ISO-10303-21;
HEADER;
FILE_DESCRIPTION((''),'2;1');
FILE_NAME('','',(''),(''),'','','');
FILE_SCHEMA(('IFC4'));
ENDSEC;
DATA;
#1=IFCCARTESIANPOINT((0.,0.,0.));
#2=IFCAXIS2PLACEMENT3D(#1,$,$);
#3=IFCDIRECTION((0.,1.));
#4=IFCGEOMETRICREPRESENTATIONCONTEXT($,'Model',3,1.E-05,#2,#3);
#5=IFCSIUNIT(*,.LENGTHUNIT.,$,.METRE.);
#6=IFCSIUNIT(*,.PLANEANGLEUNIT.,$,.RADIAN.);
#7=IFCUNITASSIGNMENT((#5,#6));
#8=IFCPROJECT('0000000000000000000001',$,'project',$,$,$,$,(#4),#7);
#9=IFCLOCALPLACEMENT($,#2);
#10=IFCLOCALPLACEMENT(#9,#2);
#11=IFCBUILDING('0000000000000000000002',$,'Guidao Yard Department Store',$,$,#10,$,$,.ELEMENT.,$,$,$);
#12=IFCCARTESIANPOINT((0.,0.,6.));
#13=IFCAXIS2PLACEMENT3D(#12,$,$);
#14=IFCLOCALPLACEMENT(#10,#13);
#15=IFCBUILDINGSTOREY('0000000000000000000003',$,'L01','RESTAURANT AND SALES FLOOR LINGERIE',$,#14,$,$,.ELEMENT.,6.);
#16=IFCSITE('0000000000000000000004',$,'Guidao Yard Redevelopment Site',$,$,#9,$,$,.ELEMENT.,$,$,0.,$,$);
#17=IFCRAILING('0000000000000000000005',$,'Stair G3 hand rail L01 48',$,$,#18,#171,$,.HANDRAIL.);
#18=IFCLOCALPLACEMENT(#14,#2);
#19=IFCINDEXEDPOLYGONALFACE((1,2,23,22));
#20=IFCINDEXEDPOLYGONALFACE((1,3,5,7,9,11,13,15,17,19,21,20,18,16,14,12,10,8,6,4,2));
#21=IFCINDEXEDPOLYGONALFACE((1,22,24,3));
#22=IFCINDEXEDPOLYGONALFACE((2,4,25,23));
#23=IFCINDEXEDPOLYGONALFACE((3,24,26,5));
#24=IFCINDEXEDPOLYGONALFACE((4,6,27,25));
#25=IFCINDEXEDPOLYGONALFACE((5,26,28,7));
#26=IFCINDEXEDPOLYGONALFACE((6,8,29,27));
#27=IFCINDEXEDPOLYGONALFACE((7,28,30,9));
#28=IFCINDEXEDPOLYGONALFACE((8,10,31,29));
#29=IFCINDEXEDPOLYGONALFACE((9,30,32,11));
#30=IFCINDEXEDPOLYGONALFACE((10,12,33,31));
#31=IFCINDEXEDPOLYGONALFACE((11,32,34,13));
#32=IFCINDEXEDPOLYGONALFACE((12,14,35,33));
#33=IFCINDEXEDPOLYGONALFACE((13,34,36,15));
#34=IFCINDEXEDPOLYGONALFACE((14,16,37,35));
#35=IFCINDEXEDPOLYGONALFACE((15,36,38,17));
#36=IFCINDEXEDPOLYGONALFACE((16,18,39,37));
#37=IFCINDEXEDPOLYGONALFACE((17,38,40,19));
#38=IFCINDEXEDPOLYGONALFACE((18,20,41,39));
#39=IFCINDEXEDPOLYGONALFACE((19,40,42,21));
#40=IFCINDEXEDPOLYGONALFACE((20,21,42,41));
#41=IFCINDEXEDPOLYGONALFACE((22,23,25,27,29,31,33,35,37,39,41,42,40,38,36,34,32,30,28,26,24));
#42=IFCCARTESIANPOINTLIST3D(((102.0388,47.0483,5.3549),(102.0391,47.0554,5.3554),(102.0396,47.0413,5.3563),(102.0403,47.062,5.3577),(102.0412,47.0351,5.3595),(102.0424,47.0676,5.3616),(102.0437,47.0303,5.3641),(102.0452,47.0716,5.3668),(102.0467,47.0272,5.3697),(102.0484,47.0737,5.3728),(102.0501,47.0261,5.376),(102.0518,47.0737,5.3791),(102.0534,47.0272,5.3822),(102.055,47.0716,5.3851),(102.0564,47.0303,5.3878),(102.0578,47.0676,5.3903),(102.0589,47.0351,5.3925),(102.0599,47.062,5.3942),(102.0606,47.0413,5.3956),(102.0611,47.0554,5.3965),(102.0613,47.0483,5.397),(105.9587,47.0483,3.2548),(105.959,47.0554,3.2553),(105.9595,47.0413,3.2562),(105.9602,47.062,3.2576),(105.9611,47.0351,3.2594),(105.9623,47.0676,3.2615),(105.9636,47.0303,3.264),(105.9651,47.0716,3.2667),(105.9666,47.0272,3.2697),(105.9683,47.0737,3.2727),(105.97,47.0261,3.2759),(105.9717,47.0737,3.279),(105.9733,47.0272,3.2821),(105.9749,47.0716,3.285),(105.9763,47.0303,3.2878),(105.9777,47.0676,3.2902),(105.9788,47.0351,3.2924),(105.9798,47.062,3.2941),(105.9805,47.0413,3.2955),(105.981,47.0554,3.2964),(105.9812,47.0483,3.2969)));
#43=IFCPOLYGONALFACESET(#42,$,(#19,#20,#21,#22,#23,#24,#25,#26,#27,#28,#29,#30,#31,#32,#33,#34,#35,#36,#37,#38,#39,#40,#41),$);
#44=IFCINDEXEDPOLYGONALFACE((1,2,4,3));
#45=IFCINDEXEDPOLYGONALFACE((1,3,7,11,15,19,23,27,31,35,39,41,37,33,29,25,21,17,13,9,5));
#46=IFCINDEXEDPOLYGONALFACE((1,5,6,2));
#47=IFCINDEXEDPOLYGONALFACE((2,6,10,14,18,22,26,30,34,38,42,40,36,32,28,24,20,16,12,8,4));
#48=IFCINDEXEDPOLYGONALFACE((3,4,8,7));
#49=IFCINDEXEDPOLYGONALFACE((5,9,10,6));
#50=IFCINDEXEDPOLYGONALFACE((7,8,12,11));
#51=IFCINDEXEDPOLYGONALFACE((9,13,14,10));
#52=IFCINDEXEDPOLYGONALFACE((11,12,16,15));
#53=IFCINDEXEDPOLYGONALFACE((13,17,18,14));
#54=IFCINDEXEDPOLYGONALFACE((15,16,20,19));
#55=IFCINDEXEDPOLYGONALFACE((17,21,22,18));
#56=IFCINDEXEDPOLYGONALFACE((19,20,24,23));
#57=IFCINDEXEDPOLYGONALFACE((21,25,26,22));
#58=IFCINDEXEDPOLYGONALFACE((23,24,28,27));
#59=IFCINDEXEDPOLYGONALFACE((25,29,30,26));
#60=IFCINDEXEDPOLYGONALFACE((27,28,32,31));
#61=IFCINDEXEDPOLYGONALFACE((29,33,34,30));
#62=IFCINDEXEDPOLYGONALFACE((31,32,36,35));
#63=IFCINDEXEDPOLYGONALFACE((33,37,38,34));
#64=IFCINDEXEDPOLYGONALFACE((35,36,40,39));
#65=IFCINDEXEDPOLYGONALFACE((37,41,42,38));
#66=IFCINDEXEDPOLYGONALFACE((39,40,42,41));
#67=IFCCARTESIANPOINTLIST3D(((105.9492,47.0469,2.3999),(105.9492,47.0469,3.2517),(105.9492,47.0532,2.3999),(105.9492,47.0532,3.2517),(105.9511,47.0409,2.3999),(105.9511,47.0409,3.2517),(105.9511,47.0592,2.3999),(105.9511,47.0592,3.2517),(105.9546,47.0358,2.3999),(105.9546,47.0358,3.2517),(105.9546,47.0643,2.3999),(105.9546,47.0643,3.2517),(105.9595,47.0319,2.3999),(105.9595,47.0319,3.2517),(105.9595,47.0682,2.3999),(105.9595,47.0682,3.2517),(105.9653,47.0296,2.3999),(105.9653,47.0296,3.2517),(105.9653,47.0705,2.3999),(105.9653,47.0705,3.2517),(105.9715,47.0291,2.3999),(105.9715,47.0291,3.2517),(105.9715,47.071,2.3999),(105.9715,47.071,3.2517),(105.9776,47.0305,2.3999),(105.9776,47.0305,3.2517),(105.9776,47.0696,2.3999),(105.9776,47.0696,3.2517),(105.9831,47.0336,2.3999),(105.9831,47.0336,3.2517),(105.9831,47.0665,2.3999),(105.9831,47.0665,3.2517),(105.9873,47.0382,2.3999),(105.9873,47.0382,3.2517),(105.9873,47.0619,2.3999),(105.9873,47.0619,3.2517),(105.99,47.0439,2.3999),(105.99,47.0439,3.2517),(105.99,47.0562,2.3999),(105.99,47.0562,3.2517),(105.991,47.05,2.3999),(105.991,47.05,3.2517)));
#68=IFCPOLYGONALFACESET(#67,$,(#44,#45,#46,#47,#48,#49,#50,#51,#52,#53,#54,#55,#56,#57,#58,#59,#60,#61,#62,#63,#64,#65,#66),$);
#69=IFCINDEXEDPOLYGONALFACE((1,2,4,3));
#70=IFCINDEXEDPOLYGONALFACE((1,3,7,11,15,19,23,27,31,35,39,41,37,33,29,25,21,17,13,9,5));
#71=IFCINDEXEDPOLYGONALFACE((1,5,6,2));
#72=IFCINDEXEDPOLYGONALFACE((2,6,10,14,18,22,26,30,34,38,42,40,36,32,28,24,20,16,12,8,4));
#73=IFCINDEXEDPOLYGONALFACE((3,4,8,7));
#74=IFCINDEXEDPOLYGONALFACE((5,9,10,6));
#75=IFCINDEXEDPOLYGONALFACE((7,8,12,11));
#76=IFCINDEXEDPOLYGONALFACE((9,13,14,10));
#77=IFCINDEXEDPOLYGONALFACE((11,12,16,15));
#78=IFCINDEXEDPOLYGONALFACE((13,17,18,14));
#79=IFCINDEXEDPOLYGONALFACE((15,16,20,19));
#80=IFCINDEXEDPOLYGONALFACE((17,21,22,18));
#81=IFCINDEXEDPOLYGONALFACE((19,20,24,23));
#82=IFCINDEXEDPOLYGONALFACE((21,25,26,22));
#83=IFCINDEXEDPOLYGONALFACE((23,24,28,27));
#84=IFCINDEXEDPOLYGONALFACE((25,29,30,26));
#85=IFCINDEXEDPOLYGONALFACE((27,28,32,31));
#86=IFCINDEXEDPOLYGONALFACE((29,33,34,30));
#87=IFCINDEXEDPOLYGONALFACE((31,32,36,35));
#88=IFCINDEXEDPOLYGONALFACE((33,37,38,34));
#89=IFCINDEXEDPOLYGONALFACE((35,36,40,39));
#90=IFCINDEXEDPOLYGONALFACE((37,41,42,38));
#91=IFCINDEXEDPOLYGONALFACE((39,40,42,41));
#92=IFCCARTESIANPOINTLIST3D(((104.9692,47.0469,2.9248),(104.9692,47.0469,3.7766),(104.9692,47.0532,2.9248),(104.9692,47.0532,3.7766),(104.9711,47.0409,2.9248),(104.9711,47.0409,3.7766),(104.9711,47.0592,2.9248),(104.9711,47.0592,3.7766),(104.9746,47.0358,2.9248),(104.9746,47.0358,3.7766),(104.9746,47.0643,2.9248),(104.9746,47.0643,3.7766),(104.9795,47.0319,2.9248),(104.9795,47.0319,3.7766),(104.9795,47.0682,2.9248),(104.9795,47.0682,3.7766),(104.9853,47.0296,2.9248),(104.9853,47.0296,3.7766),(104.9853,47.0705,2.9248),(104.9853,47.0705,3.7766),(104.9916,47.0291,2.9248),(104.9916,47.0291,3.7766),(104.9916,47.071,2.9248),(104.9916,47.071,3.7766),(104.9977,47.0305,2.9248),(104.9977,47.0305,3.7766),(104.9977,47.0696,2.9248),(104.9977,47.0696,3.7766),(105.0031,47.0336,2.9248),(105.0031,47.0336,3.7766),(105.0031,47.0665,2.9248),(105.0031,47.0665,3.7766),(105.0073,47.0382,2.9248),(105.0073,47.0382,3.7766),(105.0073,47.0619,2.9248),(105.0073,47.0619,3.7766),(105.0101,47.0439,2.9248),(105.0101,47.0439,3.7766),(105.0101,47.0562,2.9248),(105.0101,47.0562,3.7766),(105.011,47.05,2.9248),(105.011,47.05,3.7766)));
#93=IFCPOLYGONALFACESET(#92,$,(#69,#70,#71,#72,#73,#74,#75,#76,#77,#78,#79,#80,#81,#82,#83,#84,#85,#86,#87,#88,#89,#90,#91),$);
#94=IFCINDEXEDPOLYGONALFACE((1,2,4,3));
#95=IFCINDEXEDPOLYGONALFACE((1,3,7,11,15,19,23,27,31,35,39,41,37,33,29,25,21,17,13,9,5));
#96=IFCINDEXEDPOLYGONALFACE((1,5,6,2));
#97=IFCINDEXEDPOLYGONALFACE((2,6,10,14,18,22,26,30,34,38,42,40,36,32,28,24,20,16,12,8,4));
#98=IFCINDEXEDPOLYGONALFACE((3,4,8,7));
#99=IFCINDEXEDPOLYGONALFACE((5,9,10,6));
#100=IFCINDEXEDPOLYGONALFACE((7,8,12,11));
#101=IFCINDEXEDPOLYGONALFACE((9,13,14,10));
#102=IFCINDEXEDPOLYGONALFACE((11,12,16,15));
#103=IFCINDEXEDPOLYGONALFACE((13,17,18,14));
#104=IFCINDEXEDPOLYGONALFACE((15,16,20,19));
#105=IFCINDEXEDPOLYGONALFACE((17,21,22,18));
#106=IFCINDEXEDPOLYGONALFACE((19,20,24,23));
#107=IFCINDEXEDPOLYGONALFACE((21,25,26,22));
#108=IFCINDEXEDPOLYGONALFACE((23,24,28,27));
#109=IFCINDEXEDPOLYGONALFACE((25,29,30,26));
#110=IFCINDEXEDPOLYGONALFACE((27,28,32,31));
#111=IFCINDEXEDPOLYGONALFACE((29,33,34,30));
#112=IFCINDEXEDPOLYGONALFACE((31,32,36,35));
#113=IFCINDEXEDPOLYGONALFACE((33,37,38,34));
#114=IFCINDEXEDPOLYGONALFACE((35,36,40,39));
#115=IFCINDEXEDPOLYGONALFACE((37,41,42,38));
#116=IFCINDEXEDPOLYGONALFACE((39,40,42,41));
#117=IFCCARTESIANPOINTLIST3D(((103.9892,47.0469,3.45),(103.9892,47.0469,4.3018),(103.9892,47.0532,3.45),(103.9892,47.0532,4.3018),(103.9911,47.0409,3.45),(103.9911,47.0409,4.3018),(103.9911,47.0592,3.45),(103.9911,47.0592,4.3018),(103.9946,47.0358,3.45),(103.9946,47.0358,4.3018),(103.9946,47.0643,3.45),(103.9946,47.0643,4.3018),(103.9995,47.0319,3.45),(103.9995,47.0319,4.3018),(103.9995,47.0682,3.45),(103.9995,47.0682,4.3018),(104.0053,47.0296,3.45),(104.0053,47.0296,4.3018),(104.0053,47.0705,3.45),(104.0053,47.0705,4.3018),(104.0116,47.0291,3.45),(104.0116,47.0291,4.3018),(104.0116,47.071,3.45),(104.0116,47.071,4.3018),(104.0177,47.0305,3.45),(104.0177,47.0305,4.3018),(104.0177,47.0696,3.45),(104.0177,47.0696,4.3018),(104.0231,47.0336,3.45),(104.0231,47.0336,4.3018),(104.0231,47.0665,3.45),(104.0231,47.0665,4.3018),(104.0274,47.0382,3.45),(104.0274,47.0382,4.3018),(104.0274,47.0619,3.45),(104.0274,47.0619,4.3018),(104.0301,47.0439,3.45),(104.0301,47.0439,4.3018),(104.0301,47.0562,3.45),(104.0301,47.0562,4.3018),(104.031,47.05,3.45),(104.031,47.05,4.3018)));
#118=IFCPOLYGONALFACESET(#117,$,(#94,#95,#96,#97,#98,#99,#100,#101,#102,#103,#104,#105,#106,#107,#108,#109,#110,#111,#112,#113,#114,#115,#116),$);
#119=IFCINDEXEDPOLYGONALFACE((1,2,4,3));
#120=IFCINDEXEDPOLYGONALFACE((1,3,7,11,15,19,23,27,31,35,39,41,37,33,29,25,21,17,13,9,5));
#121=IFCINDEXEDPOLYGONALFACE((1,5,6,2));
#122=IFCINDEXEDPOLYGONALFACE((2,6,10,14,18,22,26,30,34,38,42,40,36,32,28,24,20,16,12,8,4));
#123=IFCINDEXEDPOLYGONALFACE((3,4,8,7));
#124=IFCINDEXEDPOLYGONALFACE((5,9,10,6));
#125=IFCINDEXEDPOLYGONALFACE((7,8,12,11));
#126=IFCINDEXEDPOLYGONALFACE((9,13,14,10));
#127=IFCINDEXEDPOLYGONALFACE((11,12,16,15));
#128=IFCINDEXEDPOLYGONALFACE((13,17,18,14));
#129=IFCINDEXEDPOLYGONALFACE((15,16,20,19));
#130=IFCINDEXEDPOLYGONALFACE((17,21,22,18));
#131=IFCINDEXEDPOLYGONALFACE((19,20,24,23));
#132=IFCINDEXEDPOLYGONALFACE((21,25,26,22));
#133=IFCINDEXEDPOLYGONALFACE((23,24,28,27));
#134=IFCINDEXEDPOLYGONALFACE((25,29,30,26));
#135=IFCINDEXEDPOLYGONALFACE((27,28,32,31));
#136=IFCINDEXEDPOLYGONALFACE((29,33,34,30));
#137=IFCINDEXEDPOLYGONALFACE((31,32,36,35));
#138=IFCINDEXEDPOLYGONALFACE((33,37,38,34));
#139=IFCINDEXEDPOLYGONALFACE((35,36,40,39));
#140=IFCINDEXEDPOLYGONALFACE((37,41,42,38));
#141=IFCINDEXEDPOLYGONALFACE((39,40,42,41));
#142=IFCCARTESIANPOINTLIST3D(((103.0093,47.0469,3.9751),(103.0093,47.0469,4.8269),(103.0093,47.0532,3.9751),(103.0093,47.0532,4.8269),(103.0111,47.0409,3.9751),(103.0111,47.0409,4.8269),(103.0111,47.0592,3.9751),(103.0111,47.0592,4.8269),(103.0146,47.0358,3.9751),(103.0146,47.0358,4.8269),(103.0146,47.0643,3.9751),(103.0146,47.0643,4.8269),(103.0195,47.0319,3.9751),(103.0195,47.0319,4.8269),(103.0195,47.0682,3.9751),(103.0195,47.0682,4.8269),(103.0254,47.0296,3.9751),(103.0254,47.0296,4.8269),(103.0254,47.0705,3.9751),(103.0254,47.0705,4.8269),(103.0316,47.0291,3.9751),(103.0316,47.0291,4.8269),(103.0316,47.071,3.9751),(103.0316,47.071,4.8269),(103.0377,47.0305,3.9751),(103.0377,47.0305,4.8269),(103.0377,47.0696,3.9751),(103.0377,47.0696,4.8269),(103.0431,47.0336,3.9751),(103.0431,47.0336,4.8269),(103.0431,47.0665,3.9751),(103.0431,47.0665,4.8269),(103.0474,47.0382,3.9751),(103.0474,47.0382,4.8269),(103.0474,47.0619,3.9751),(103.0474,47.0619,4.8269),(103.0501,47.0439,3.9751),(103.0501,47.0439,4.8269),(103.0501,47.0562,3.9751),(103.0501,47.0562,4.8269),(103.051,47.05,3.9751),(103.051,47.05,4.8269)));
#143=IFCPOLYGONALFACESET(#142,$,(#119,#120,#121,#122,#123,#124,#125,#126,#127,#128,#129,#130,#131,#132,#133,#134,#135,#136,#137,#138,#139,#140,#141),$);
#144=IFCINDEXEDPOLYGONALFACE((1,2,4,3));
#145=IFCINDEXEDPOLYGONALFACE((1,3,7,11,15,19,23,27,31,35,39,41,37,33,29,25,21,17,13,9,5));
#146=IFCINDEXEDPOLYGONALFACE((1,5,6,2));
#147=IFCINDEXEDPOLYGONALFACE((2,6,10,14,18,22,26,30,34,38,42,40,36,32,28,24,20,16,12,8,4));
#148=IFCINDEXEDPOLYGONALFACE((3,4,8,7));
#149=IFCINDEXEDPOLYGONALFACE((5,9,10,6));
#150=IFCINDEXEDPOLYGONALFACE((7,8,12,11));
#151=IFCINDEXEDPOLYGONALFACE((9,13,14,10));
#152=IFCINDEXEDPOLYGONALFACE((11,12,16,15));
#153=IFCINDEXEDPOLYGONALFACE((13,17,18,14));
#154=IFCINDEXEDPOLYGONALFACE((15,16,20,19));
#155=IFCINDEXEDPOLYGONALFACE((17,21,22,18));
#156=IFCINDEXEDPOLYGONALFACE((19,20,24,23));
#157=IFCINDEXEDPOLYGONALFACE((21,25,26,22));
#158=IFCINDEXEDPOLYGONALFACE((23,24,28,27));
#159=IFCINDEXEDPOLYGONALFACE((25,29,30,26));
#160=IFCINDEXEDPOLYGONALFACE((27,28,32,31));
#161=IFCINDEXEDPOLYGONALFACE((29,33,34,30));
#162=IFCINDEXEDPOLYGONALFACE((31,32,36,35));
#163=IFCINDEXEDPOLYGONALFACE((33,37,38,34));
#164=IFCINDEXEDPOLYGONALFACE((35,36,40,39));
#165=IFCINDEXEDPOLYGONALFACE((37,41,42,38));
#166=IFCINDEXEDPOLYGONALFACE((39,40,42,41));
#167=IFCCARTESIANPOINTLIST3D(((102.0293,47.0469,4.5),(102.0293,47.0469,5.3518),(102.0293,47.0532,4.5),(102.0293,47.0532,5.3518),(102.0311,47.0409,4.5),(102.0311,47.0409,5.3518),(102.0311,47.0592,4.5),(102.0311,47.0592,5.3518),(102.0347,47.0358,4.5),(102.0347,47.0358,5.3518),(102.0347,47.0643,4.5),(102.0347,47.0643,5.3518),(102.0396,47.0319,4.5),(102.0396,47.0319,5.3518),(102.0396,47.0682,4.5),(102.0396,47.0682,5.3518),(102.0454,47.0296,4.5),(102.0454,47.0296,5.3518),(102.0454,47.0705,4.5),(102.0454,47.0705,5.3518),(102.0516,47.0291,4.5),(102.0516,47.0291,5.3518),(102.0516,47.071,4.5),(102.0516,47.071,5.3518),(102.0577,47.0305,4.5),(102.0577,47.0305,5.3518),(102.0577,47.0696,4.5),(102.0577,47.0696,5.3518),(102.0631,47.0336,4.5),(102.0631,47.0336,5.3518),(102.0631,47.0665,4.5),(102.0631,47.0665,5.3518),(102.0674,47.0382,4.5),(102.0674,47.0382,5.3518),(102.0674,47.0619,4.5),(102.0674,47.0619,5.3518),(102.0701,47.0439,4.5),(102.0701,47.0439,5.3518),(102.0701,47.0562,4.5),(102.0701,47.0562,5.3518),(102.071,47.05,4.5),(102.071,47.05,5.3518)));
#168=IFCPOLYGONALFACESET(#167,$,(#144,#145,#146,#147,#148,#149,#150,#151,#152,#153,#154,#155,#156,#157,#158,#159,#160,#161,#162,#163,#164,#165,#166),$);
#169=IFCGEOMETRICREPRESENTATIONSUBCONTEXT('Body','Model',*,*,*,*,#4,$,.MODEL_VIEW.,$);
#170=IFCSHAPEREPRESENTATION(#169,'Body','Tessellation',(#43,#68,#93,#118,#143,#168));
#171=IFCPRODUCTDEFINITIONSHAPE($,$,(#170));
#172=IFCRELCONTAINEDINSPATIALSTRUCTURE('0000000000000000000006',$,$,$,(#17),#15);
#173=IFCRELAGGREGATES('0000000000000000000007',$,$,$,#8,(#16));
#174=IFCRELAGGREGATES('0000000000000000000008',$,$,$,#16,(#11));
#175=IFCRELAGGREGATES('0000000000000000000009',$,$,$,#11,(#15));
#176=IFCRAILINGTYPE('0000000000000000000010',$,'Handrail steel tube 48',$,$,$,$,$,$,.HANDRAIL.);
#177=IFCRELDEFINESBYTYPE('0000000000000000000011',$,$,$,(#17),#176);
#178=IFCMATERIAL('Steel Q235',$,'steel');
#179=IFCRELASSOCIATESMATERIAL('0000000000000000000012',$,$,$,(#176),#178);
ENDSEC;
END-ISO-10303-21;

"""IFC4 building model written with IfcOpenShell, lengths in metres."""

from ifc_helpers import new_model, si_unit, direction, frame, origin, origin_2d, place, context, subcontext, project, spatial, circle, extrude, material, type_object, element, save


model = new_model("IFC4")

# Units and contexts
model_context = context("Model", 3, precision=1e-05, world=origin(), true_north=direction((0.0, 1.0)))
body_context = subcontext(model_context, "Body", "Model", "MODEL_VIEW")
ifc_project = project(units=[si_unit("LENGTHUNIT", "METRE"), si_unit("PLANEANGLEUNIT", "RADIAN")], contexts=[model_context])

# Site, building, storey
site_placement = place(None, origin())
site = spatial("IfcSite", under=ifc_project, at=site_placement, Name="Guidao Yard Redevelopment Site", CompositionType="ELEMENT", RefElevation=0.0)
building_placement = place(site_placement, origin())
building = spatial("IfcBuilding", under=site, at=building_placement, Name="Guidao Yard Department Store", CompositionType="ELEMENT")
storey_placement = place(building_placement, frame((0.0, 0.0, 6.0)))
storey = spatial("IfcBuildingStorey", under=building, at=storey_placement, Name="L01", Description="RESTAURANT AND SALES FLOOR LINGERIE", CompositionType="ELEMENT", Elevation=6.0)

# Railing
ifc_material_1 = material(Name="Steel Q235", Category="steel")
railing_type_1 = type_object("IfcRailingType", Name="Handrail steel tube 48", PredefinedType="HANDRAIL", material=ifc_material_1)
for number, where, name in (
    (1, (105.97, 47.05, 2.3999), "Stair G3 hand rail L01 48"),
):
    element("IfcRailing", number, at=place(storey_placement, frame(where)), inside=storey, type_object=railing_type_1, Name=name, PredefinedType="HANDRAIL", context=body_context, shape_type="SweptSolid", body=[
        extrude(circle(Radius=0.0239, at=origin_2d()), frame((0.0, 0.0, 0.876), z_axis=(-0.881467, 0.0, 0.472246), x_axis=(0.0, -1.0, 0.0)), (0.0, 0.0, 1.0), 4.447),
        extrude(circle(Radius=0.021, at=origin_2d()), origin(), (0.0, 0.0, 1.0), 0.8518),
        extrude(circle(Radius=0.021, at=origin_2d()), frame((-0.98, 0.0, 0.5249)), (0.0, 0.0, 1.0), 0.8518),
        extrude(circle(Radius=0.021, at=origin_2d()), frame((-1.96, 0.0, 1.05)), (0.0, 0.0, 1.0), 0.8518),
        extrude(circle(Radius=0.021, at=origin_2d()), frame((-2.9399, 0.0, 1.5752)), (0.0, 0.0, 1.0), 0.8518),
        extrude(circle(Radius=0.021, at=origin_2d()), frame((-3.9199, 0.0, 2.1001)), (0.0, 0.0, 1.0), 0.8518),
    ])

save(model, "model.ifc")
